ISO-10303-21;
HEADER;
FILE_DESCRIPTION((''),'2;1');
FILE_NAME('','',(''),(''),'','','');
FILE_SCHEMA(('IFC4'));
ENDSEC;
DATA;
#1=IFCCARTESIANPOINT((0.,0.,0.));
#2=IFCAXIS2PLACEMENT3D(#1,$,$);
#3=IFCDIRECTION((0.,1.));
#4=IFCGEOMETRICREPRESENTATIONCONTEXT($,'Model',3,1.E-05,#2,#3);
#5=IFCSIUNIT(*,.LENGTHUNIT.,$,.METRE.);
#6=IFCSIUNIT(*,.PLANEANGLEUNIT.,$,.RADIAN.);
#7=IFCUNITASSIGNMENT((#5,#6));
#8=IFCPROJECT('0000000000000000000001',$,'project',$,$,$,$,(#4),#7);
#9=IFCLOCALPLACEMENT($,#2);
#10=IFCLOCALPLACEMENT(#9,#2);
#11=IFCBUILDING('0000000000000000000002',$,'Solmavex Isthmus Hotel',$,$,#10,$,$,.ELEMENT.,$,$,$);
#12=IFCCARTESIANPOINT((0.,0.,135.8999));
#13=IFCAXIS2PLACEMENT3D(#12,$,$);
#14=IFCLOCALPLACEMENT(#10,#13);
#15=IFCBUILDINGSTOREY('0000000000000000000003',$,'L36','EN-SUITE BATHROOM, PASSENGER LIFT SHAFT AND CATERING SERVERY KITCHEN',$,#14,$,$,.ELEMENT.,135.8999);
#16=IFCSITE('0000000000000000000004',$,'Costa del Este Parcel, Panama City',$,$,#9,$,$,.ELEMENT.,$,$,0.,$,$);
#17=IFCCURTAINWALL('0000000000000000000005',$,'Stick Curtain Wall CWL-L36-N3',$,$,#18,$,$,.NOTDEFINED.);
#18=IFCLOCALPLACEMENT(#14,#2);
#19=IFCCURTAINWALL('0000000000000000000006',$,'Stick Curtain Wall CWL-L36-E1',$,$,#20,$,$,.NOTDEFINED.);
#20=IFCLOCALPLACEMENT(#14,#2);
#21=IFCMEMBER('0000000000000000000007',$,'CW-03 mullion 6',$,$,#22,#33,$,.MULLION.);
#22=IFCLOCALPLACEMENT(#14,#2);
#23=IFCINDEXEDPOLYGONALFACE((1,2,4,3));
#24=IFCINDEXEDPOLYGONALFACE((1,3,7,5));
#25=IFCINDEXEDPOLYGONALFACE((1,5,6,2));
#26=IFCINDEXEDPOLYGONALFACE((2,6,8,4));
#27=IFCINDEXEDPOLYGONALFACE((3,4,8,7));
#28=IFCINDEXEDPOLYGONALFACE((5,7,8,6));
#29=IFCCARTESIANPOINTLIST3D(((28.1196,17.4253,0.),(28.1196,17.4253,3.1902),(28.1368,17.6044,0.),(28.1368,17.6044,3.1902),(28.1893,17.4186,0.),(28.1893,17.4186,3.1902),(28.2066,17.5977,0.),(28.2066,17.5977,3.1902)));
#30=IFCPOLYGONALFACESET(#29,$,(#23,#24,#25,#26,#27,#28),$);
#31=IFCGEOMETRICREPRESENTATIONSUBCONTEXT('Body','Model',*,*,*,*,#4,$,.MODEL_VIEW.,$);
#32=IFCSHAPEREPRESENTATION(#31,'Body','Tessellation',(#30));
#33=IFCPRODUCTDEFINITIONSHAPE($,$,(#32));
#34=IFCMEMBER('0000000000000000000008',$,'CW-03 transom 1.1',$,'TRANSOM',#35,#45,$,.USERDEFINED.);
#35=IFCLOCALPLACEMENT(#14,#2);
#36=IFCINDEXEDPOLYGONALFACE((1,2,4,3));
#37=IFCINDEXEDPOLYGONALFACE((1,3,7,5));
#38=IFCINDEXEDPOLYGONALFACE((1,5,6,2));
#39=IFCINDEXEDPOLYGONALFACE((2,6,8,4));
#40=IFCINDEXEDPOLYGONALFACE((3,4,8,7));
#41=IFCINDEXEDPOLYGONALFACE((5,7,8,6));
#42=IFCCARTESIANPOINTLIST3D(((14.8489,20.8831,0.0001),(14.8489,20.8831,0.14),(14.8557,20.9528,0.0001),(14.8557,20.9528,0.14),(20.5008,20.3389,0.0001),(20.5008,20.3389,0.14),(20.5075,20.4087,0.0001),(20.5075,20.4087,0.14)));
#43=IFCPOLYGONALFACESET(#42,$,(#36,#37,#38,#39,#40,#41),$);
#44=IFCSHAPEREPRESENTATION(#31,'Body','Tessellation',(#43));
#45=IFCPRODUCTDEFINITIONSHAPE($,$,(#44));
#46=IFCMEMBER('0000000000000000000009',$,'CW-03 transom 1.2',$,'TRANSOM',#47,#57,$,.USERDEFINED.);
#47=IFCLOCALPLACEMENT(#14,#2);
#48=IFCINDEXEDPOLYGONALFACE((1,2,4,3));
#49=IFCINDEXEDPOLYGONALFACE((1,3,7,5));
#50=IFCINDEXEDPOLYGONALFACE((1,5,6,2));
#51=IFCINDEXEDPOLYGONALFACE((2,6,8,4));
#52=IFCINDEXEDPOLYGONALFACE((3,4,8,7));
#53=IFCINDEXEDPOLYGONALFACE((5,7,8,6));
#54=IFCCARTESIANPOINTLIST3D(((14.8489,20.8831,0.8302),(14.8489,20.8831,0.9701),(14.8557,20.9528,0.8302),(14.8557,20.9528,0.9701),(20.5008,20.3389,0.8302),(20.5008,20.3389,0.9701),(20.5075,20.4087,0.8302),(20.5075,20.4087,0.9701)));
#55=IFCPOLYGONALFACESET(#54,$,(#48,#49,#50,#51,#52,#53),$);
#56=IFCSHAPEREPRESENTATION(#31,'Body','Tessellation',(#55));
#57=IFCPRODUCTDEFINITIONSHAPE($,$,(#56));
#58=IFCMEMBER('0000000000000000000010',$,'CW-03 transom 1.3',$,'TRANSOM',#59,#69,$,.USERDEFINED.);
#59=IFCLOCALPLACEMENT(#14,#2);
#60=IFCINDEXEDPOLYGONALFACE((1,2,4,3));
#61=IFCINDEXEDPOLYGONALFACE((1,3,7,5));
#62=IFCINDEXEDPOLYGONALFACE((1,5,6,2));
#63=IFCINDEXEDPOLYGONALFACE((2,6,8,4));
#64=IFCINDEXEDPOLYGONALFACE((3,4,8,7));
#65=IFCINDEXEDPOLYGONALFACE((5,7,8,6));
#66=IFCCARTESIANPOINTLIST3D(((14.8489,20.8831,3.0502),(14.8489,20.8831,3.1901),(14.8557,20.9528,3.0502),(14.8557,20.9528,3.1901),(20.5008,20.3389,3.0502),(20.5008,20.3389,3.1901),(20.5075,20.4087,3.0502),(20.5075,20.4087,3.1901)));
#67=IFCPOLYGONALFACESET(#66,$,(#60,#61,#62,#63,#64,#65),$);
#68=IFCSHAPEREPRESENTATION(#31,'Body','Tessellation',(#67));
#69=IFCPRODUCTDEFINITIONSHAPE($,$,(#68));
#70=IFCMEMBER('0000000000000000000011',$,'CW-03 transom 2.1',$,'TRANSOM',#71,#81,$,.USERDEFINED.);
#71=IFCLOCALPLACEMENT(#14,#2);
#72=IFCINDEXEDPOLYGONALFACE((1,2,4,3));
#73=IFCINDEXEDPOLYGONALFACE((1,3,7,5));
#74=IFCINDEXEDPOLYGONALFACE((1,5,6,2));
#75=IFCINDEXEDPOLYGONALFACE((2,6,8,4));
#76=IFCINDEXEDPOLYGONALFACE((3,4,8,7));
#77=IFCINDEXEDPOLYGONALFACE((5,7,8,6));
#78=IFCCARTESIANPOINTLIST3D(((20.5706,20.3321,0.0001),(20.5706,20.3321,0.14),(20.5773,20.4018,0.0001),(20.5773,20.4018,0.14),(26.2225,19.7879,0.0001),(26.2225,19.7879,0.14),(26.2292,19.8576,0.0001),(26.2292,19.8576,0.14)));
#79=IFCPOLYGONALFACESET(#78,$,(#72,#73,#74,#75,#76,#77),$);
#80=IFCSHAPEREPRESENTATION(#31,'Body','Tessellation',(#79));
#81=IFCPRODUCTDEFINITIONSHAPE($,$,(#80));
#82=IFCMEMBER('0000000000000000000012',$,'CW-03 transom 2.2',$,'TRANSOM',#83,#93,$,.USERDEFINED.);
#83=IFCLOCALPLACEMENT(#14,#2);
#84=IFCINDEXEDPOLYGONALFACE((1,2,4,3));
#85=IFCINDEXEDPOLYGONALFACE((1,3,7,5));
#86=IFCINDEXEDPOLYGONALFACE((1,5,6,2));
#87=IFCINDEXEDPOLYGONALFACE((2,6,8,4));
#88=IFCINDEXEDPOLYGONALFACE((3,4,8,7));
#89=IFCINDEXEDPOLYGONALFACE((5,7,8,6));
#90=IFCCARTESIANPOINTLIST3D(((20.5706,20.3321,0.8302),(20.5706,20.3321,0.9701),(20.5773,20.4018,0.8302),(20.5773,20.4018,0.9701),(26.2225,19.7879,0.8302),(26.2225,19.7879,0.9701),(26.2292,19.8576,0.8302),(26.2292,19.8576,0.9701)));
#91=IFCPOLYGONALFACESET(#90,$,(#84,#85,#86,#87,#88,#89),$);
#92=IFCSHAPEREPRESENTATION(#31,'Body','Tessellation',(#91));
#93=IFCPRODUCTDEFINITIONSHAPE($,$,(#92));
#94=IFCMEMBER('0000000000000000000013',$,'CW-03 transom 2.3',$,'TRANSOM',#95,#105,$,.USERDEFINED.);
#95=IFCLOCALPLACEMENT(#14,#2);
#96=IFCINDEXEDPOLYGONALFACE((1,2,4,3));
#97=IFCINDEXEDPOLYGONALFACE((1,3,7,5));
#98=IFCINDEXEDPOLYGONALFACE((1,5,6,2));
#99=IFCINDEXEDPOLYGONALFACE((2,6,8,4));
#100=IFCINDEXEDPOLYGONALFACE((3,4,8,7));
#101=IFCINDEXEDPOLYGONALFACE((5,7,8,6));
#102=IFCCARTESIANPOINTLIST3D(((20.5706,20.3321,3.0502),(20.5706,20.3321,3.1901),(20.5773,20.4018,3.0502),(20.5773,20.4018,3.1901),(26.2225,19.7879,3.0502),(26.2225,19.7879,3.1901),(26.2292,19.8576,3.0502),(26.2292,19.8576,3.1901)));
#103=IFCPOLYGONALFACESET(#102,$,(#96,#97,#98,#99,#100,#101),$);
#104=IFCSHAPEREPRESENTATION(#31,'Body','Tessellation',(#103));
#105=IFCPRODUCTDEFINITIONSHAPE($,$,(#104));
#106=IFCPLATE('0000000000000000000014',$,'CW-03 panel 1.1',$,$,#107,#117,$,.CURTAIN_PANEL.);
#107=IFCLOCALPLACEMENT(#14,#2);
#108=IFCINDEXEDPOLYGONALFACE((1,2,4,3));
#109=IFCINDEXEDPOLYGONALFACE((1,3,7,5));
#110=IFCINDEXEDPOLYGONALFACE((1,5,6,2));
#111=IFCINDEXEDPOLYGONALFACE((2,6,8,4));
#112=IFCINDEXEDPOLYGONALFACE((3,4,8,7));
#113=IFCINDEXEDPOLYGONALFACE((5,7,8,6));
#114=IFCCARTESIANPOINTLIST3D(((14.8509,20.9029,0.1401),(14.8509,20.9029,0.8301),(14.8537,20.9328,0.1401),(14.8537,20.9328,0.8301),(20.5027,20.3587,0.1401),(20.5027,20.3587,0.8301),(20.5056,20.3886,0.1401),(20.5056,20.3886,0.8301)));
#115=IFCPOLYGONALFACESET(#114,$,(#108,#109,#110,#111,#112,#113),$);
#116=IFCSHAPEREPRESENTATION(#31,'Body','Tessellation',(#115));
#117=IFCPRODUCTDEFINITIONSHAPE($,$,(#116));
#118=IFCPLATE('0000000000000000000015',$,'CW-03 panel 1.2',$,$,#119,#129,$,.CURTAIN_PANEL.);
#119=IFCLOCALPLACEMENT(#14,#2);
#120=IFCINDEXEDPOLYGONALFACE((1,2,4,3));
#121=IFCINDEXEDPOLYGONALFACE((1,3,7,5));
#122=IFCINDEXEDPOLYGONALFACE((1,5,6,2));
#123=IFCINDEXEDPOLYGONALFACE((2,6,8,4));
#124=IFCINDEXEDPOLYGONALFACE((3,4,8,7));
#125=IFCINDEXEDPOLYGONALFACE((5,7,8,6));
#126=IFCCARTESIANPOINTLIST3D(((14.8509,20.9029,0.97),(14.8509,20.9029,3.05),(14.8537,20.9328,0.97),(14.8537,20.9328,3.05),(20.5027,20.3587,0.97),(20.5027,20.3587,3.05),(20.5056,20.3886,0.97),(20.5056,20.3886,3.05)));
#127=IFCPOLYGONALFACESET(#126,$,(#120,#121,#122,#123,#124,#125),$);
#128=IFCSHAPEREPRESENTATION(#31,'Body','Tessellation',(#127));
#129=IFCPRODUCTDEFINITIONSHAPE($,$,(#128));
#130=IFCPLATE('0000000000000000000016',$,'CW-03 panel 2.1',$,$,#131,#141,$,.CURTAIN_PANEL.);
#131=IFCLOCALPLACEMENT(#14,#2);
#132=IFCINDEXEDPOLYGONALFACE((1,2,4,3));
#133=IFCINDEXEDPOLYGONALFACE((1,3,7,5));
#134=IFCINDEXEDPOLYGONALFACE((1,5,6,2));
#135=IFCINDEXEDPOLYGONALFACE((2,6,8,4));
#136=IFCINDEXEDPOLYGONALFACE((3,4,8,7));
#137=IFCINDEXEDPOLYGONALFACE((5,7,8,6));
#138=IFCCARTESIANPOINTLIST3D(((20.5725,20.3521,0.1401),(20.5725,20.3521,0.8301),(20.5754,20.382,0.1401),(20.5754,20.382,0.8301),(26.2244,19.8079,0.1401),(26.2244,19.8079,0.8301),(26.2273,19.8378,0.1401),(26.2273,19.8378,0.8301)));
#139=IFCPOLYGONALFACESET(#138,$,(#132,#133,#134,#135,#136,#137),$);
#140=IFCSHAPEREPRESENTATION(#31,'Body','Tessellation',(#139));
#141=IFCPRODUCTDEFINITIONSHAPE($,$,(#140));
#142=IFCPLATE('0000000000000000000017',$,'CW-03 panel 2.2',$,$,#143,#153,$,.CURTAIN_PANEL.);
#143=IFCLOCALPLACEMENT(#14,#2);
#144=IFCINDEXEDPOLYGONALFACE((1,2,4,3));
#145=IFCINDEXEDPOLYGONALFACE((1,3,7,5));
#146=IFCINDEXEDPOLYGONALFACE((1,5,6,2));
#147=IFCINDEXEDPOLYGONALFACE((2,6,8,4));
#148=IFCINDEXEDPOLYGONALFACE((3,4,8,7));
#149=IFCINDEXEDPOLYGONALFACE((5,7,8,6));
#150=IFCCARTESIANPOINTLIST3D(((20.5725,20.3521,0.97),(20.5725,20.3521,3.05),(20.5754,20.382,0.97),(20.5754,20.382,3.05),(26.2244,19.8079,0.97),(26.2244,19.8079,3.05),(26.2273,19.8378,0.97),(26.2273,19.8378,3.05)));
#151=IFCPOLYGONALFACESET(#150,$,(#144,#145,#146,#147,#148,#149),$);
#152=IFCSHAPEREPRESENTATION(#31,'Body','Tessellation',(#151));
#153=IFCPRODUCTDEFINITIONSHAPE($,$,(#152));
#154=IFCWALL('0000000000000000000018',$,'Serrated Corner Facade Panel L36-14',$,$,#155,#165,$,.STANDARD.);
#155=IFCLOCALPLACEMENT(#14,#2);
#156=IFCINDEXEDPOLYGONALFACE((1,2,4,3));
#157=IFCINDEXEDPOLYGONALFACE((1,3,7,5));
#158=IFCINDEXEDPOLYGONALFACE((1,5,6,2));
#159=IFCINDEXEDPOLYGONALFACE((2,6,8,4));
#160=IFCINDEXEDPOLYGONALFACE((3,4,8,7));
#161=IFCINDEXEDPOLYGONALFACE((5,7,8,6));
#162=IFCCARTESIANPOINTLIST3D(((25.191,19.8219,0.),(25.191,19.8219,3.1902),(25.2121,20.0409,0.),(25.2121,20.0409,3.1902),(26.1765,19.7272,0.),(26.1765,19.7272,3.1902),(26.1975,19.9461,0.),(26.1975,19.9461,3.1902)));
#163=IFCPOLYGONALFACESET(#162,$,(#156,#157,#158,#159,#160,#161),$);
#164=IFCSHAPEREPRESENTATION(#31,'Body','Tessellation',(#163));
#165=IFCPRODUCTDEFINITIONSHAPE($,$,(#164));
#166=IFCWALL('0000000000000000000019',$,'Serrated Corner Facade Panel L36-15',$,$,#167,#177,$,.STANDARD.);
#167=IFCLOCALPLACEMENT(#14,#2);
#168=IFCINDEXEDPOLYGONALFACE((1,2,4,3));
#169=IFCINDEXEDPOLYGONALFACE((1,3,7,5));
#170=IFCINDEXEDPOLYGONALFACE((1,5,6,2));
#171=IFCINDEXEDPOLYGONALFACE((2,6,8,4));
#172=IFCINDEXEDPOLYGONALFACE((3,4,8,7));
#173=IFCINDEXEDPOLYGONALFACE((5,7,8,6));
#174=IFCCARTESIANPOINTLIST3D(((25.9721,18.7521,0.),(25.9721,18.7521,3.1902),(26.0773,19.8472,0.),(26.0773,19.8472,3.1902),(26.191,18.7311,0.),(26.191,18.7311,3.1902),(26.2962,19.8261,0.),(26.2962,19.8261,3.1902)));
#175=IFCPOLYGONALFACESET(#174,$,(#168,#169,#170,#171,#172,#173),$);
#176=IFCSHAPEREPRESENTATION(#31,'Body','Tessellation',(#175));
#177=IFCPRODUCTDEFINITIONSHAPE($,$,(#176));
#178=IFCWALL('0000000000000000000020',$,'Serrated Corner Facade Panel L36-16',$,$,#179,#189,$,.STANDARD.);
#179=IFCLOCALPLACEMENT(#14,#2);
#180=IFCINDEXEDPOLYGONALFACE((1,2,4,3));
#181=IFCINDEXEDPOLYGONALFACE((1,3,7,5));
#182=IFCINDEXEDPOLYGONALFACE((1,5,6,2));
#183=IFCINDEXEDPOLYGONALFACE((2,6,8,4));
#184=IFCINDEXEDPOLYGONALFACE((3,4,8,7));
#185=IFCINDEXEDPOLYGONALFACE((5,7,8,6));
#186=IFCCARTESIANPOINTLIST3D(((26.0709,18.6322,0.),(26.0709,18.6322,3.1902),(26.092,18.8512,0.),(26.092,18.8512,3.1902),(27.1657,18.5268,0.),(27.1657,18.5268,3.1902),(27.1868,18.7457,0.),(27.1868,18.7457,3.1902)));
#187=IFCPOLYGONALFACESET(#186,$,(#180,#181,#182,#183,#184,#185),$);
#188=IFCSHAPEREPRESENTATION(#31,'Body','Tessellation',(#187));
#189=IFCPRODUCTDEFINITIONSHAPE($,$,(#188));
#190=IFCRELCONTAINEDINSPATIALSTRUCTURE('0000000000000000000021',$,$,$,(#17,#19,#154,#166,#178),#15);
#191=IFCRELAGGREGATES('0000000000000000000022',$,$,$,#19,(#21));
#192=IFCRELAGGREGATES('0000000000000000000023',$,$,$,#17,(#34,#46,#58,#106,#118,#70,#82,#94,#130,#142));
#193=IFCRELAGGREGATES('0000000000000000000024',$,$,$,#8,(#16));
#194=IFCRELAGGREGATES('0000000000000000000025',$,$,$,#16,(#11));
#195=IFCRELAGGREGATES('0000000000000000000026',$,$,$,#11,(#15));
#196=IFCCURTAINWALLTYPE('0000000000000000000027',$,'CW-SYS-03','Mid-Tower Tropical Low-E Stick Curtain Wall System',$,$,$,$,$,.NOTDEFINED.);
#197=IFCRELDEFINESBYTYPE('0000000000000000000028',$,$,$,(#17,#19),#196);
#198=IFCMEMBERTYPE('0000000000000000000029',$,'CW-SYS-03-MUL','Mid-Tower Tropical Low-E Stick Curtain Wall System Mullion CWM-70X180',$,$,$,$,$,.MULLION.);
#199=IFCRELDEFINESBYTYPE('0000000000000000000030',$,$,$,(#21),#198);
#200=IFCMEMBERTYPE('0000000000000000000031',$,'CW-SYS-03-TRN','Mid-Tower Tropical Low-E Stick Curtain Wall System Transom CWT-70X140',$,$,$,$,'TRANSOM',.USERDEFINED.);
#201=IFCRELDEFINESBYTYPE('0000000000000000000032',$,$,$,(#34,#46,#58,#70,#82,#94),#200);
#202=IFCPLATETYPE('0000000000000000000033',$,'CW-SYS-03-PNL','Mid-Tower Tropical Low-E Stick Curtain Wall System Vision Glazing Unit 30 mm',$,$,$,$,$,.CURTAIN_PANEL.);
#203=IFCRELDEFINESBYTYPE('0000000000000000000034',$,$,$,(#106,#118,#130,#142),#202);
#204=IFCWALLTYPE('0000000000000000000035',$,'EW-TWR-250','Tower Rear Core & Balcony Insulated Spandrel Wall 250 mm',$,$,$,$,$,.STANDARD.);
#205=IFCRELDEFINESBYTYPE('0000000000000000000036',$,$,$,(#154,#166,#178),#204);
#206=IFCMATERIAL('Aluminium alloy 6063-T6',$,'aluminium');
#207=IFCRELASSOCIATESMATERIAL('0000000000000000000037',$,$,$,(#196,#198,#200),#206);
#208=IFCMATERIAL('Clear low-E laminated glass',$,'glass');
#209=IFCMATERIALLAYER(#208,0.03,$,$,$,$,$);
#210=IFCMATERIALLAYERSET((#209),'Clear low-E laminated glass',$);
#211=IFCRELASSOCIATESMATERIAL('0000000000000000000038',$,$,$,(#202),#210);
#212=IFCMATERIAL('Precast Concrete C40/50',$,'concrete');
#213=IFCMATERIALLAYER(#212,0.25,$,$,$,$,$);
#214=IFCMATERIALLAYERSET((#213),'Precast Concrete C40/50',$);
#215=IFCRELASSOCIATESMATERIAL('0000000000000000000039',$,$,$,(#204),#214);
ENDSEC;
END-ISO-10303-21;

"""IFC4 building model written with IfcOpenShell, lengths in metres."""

from ifc_helpers import new_model, si_unit, direction, frame, frame_2d, origin, origin_2d, place, context, subcontext, project, spatial, rectangle, extrude, material, layer, layer_set, material_profile, profile_set, type_object, element, aggregate, save


model = new_model("IFC4")

# Units and contexts
model_context = context("Model", 3, precision=1e-05, world=origin(), true_north=direction((0.0, 1.0)))
body_context = subcontext(model_context, "Body", "Model", "MODEL_VIEW")
ifc_project = project(units=[si_unit("LENGTHUNIT", "METRE"), si_unit("PLANEANGLEUNIT", "RADIAN")], contexts=[model_context])

# Site, building, storey
site_placement = place(None, origin())
site = spatial("IfcSite", under=ifc_project, at=site_placement, Name="Costa del Este Parcel, Panama City", CompositionType="ELEMENT", RefElevation=0.0)
building_placement = place(site_placement, origin())
building = spatial("IfcBuilding", under=site, at=building_placement, Name="Solmavex Isthmus Hotel", CompositionType="ELEMENT")
storey_placement = place(building_placement, frame((0.0, 0.0, 135.8999)))
storey = spatial("IfcBuildingStorey", under=building, at=storey_placement, Name="L36", Description="EN-SUITE BATHROOM, PASSENGER LIFT SHAFT AND CATERING SERVERY KITCHEN", CompositionType="ELEMENT", Elevation=135.8999)

# Curtain wall
ifc_material_1 = material(Name="Aluminium alloy 6063-T6", Category="aluminium")
curtain_wall_type = type_object("IfcCurtainWallType", Name="CW-SYS-03", Description="Mid-Tower Tropical Low-E Stick Curtain Wall System", PredefinedType="NOTDEFINED", material=ifc_material_1)
curtain_wall_1_placement = place(storey_placement, origin())
curtain_wall_1 = element("IfcCurtainWall", 1, at=curtain_wall_1_placement, inside=storey, type_object=curtain_wall_type, Name="Stick Curtain Wall CWL-L36-N3", PredefinedType="NOTDEFINED")
ifc_material_profile_1 = material_profile(ifc_material_1, rectangle(XDim=0.0701, YDim=0.1799, at=origin_2d()), Name="CWM-70X180")
ifc_profile_set_1 = profile_set([ifc_material_profile_1], Name="Aluminium alloy 6063-T6")
member_type_1 = type_object("IfcMemberType", Name="CW-SYS-03-MUL", Description="Mid-Tower Tropical Low-E Stick Curtain Wall System Mullion CWM-70X180", PredefinedType="MULLION", material=ifc_profile_set_1)

# Curtain wall, member
curtain_wall_2_placement = place(storey_placement, origin())
curtain_wall_2 = element("IfcCurtainWall", 2, at=curtain_wall_2_placement, inside=storey, type_object=curtain_wall_type, Name="Stick Curtain Wall CWL-L36-E1", PredefinedType="NOTDEFINED")
member_1_placement = place(storey_placement, frame((28.1631, 17.5115, 0.0), z_axis=(0.0, 0.0, 1.0), x_axis=(-0.995396, 0.095846, 0.0)))
member_1 = element("IfcMember", 3, at=member_1_placement, type_object=member_type_1, Name="CW-03 mullion 6", PredefinedType="MULLION", context=body_context, shape_type="SweptSolid", body=[
    extrude(rectangle(XDim=0.0701, YDim=0.1799, at=origin_2d()), origin(), (0.0, 0.0, 1.0), 3.1902),
])
aggregate(curtain_wall_2, [member_1])

# Members
ifc_material_profile_2 = material_profile(ifc_material_1, rectangle(XDim=0.0701, YDim=0.1399, at=origin_2d()), Name="CWT-70X140")
ifc_profile_set_2 = profile_set([ifc_material_profile_2], Name="Aluminium alloy 6063-T6")
member_type_2 = type_object("IfcMemberType", Name="CW-SYS-03-TRN", Description="Mid-Tower Tropical Low-E Stick Curtain Wall System Transom CWT-70X140", ElementType="TRANSOM", PredefinedType="USERDEFINED", material=ifc_profile_set_2)
member_2_placement = place(storey_placement, frame((14.8523, 20.918, 0.0701), z_axis=(0.995397, -0.095842, 0.0), x_axis=(0.095842, 0.995397, 0.0)))
member_2 = element("IfcMember", 4, at=member_2_placement, type_object=member_type_2, Name="CW-03 transom 1.1", ObjectType="TRANSOM", PredefinedType="USERDEFINED", context=body_context, shape_type="SweptSolid", body=[
    extrude(rectangle(XDim=0.0701, YDim=0.1399, at=origin_2d()), origin(), (0.0, 0.0, 1.0), 5.678),
])
member_3_placement = place(storey_placement, frame((14.8523, 20.918, 0.9001), z_axis=(0.995397, -0.095842, 0.0), x_axis=(0.095842, 0.995397, 0.0)))
member_3 = element("IfcMember", 5, at=member_3_placement, type_object=member_type_2, Name="CW-03 transom 1.2", ObjectType="TRANSOM", PredefinedType="USERDEFINED", context=body_context, shape_type="SweptSolid", body=[
    extrude(rectangle(XDim=0.0701, YDim=0.1399, at=origin_2d()), origin(), (0.0, 0.0, 1.0), 5.678),
])
member_4_placement = place(storey_placement, frame((14.8523, 20.918, 3.1201), z_axis=(0.995397, -0.095842, 0.0), x_axis=(0.095842, 0.995397, 0.0)))
member_4 = element("IfcMember", 6, at=member_4_placement, type_object=member_type_2, Name="CW-03 transom 1.3", ObjectType="TRANSOM", PredefinedType="USERDEFINED", context=body_context, shape_type="SweptSolid", body=[
    extrude(rectangle(XDim=0.0701, YDim=0.1399, at=origin_2d()), origin(), (0.0, 0.0, 1.0), 5.678),
])
member_5_placement = place(storey_placement, frame((20.574, 20.3669, 0.0701), z_axis=(0.995397, -0.095842, 0.0), x_axis=(0.095842, 0.995397, 0.0)))
member_5 = element("IfcMember", 7, at=member_5_placement, type_object=member_type_2, Name="CW-03 transom 2.1", ObjectType="TRANSOM", PredefinedType="USERDEFINED", context=body_context, shape_type="SweptSolid", body=[
    extrude(rectangle(XDim=0.0701, YDim=0.1399, at=origin_2d()), origin(), (0.0, 0.0, 1.0), 5.678),
])
member_6_placement = place(storey_placement, frame((20.574, 20.3669, 0.9001), z_axis=(0.995397, -0.095842, 0.0), x_axis=(0.095842, 0.995397, 0.0)))
member_6 = element("IfcMember", 8, at=member_6_placement, type_object=member_type_2, Name="CW-03 transom 2.2", ObjectType="TRANSOM", PredefinedType="USERDEFINED", context=body_context, shape_type="SweptSolid", body=[
    extrude(rectangle(XDim=0.0701, YDim=0.1399, at=origin_2d()), origin(), (0.0, 0.0, 1.0), 5.678),
])
member_7_placement = place(storey_placement, frame((20.574, 20.3669, 3.1201), z_axis=(0.995397, -0.095842, 0.0), x_axis=(0.095842, 0.995397, 0.0)))
member_7 = element("IfcMember", 9, at=member_7_placement, type_object=member_type_2, Name="CW-03 transom 2.3", ObjectType="TRANSOM", PredefinedType="USERDEFINED", context=body_context, shape_type="SweptSolid", body=[
    extrude(rectangle(XDim=0.0701, YDim=0.1399, at=origin_2d()), origin(), (0.0, 0.0, 1.0), 5.678),
])

# Plates
ifc_material_2 = material(Name="Clear low-E laminated glass", Category="glass")
ifc_layer_1 = layer(ifc_material_2, 0.03)
ifc_layer_set_1 = layer_set([ifc_layer_1], Name="Clear low-E laminated glass")
plate_type = type_object("IfcPlateType", Name="CW-SYS-03-PNL", Description="Mid-Tower Tropical Low-E Stick Curtain Wall System Vision Glazing Unit 30 mm", PredefinedType="CURTAIN_PANEL", material=ifc_layer_set_1)
plate_1_placement = place(storey_placement, frame((17.6782, 20.6458, 0.1401), z_axis=(0.0, 0.0, 1.0), x_axis=(0.995396, -0.095846, 0.0)))
plate_1 = element("IfcPlate", 10, at=plate_1_placement, type_object=plate_type, Name="CW-03 panel 1.1", PredefinedType="CURTAIN_PANEL", context=body_context, shape_type="SweptSolid", body=[
    extrude(rectangle(XDim=5.678, YDim=0.03, at=origin_2d()), origin(), (0.0, 0.0, 1.0), 0.6899),
])
plate_2_placement = place(storey_placement, frame((17.6782, 20.6458, 0.97), z_axis=(0.0, 0.0, 1.0), x_axis=(0.995396, -0.095846, 0.0)))
plate_2 = element("IfcPlate", 11, at=plate_2_placement, type_object=plate_type, Name="CW-03 panel 1.2", PredefinedType="CURTAIN_PANEL", context=body_context, shape_type="SweptSolid", body=[
    extrude(rectangle(XDim=5.678, YDim=0.03, at=origin_2d()), origin(), (0.0, 0.0, 1.0), 2.0801),
])
plate_3_placement = place(storey_placement, frame((23.3999, 20.095, 0.1401), z_axis=(0.0, 0.0, 1.0), x_axis=(0.995396, -0.095846, 0.0)))
plate_3 = element("IfcPlate", 12, at=plate_3_placement, type_object=plate_type, Name="CW-03 panel 2.1", PredefinedType="CURTAIN_PANEL", context=body_context, shape_type="SweptSolid", body=[
    extrude(rectangle(XDim=5.678, YDim=0.03, at=origin_2d()), origin(), (0.0, 0.0, 1.0), 0.6899),
])
plate_4_placement = place(storey_placement, frame((23.3999, 20.095, 0.97), z_axis=(0.0, 0.0, 1.0), x_axis=(0.995396, -0.095846, 0.0)))
plate_4 = element("IfcPlate", 13, at=plate_4_placement, type_object=plate_type, Name="CW-03 panel 2.2", PredefinedType="CURTAIN_PANEL", context=body_context, shape_type="SweptSolid", body=[
    extrude(rectangle(XDim=5.678, YDim=0.03, at=origin_2d()), origin(), (0.0, 0.0, 1.0), 2.0801),
])
aggregate(curtain_wall_1, [member_2, member_3, member_4, plate_1, plate_2, member_5, member_6, member_7, plate_3, plate_4])

# Walls
ifc_material_3 = material(Name="Precast Concrete C40/50", Category="concrete")
ifc_layer_2 = layer(ifc_material_3, 0.25)
ifc_layer_set_2 = layer_set([ifc_layer_2], Name="Precast Concrete C40/50")
wall_type_1 = type_object("IfcWallType", Name="EW-TWR-250", Description="Tower Rear Core & Balcony Insulated Spandrel Wall 250 mm", PredefinedType="STANDARD", material=ifc_layer_set_2)
wall_1_placement = place(storey_placement, frame((25.2014, 19.9314, 0.0), z_axis=(0.0, 0.0, 1.0), x_axis=(0.995411, -0.095694, 0.0)))
element("IfcWall", 14, at=wall_1_placement, inside=storey, type_object=wall_type_1, Name="Serrated Corner Facade Panel L36-14", PredefinedType="STANDARD", context=body_context, shape_type="SweptSolid", body=[
    extrude(rectangle(XDim=0.99, YDim=0.22, at=frame_2d((0.4951, 0.0))), origin(), (0.0, 0.0, 1.0), 3.1902),
])
wall_2_placement = place(storey_placement, frame((26.1868, 19.8367, 0.0), z_axis=(0.0, 0.0, 1.0), x_axis=(-0.095657, -0.995414, 0.0)))
element("IfcWall", 15, at=wall_2_placement, inside=storey, type_object=wall_type_1, Name="Serrated Corner Facade Panel L36-15", PredefinedType="STANDARD", context=body_context, shape_type="SweptSolid", body=[
    extrude(rectangle(XDim=1.1001, YDim=0.22, at=frame_2d((0.55, 0.0))), origin(), (0.0, 0.0, 1.0), 3.1902),
])
wall_3_placement = place(storey_placement, frame((26.0815, 18.7417, 0.0), z_axis=(0.0, 0.0, 1.0), x_axis=(0.995391, -0.095899, 0.0)))
element("IfcWall", 16, at=wall_3_placement, inside=storey, type_object=wall_type_1, Name="Serrated Corner Facade Panel L36-16", PredefinedType="STANDARD", context=body_context, shape_type="SweptSolid", body=[
    extrude(rectangle(XDim=1.0999, YDim=0.22, at=frame_2d((0.5498, 0.0))), origin(), (0.0, 0.0, 1.0), 3.1902),
])

save(model, "model.ifc")
